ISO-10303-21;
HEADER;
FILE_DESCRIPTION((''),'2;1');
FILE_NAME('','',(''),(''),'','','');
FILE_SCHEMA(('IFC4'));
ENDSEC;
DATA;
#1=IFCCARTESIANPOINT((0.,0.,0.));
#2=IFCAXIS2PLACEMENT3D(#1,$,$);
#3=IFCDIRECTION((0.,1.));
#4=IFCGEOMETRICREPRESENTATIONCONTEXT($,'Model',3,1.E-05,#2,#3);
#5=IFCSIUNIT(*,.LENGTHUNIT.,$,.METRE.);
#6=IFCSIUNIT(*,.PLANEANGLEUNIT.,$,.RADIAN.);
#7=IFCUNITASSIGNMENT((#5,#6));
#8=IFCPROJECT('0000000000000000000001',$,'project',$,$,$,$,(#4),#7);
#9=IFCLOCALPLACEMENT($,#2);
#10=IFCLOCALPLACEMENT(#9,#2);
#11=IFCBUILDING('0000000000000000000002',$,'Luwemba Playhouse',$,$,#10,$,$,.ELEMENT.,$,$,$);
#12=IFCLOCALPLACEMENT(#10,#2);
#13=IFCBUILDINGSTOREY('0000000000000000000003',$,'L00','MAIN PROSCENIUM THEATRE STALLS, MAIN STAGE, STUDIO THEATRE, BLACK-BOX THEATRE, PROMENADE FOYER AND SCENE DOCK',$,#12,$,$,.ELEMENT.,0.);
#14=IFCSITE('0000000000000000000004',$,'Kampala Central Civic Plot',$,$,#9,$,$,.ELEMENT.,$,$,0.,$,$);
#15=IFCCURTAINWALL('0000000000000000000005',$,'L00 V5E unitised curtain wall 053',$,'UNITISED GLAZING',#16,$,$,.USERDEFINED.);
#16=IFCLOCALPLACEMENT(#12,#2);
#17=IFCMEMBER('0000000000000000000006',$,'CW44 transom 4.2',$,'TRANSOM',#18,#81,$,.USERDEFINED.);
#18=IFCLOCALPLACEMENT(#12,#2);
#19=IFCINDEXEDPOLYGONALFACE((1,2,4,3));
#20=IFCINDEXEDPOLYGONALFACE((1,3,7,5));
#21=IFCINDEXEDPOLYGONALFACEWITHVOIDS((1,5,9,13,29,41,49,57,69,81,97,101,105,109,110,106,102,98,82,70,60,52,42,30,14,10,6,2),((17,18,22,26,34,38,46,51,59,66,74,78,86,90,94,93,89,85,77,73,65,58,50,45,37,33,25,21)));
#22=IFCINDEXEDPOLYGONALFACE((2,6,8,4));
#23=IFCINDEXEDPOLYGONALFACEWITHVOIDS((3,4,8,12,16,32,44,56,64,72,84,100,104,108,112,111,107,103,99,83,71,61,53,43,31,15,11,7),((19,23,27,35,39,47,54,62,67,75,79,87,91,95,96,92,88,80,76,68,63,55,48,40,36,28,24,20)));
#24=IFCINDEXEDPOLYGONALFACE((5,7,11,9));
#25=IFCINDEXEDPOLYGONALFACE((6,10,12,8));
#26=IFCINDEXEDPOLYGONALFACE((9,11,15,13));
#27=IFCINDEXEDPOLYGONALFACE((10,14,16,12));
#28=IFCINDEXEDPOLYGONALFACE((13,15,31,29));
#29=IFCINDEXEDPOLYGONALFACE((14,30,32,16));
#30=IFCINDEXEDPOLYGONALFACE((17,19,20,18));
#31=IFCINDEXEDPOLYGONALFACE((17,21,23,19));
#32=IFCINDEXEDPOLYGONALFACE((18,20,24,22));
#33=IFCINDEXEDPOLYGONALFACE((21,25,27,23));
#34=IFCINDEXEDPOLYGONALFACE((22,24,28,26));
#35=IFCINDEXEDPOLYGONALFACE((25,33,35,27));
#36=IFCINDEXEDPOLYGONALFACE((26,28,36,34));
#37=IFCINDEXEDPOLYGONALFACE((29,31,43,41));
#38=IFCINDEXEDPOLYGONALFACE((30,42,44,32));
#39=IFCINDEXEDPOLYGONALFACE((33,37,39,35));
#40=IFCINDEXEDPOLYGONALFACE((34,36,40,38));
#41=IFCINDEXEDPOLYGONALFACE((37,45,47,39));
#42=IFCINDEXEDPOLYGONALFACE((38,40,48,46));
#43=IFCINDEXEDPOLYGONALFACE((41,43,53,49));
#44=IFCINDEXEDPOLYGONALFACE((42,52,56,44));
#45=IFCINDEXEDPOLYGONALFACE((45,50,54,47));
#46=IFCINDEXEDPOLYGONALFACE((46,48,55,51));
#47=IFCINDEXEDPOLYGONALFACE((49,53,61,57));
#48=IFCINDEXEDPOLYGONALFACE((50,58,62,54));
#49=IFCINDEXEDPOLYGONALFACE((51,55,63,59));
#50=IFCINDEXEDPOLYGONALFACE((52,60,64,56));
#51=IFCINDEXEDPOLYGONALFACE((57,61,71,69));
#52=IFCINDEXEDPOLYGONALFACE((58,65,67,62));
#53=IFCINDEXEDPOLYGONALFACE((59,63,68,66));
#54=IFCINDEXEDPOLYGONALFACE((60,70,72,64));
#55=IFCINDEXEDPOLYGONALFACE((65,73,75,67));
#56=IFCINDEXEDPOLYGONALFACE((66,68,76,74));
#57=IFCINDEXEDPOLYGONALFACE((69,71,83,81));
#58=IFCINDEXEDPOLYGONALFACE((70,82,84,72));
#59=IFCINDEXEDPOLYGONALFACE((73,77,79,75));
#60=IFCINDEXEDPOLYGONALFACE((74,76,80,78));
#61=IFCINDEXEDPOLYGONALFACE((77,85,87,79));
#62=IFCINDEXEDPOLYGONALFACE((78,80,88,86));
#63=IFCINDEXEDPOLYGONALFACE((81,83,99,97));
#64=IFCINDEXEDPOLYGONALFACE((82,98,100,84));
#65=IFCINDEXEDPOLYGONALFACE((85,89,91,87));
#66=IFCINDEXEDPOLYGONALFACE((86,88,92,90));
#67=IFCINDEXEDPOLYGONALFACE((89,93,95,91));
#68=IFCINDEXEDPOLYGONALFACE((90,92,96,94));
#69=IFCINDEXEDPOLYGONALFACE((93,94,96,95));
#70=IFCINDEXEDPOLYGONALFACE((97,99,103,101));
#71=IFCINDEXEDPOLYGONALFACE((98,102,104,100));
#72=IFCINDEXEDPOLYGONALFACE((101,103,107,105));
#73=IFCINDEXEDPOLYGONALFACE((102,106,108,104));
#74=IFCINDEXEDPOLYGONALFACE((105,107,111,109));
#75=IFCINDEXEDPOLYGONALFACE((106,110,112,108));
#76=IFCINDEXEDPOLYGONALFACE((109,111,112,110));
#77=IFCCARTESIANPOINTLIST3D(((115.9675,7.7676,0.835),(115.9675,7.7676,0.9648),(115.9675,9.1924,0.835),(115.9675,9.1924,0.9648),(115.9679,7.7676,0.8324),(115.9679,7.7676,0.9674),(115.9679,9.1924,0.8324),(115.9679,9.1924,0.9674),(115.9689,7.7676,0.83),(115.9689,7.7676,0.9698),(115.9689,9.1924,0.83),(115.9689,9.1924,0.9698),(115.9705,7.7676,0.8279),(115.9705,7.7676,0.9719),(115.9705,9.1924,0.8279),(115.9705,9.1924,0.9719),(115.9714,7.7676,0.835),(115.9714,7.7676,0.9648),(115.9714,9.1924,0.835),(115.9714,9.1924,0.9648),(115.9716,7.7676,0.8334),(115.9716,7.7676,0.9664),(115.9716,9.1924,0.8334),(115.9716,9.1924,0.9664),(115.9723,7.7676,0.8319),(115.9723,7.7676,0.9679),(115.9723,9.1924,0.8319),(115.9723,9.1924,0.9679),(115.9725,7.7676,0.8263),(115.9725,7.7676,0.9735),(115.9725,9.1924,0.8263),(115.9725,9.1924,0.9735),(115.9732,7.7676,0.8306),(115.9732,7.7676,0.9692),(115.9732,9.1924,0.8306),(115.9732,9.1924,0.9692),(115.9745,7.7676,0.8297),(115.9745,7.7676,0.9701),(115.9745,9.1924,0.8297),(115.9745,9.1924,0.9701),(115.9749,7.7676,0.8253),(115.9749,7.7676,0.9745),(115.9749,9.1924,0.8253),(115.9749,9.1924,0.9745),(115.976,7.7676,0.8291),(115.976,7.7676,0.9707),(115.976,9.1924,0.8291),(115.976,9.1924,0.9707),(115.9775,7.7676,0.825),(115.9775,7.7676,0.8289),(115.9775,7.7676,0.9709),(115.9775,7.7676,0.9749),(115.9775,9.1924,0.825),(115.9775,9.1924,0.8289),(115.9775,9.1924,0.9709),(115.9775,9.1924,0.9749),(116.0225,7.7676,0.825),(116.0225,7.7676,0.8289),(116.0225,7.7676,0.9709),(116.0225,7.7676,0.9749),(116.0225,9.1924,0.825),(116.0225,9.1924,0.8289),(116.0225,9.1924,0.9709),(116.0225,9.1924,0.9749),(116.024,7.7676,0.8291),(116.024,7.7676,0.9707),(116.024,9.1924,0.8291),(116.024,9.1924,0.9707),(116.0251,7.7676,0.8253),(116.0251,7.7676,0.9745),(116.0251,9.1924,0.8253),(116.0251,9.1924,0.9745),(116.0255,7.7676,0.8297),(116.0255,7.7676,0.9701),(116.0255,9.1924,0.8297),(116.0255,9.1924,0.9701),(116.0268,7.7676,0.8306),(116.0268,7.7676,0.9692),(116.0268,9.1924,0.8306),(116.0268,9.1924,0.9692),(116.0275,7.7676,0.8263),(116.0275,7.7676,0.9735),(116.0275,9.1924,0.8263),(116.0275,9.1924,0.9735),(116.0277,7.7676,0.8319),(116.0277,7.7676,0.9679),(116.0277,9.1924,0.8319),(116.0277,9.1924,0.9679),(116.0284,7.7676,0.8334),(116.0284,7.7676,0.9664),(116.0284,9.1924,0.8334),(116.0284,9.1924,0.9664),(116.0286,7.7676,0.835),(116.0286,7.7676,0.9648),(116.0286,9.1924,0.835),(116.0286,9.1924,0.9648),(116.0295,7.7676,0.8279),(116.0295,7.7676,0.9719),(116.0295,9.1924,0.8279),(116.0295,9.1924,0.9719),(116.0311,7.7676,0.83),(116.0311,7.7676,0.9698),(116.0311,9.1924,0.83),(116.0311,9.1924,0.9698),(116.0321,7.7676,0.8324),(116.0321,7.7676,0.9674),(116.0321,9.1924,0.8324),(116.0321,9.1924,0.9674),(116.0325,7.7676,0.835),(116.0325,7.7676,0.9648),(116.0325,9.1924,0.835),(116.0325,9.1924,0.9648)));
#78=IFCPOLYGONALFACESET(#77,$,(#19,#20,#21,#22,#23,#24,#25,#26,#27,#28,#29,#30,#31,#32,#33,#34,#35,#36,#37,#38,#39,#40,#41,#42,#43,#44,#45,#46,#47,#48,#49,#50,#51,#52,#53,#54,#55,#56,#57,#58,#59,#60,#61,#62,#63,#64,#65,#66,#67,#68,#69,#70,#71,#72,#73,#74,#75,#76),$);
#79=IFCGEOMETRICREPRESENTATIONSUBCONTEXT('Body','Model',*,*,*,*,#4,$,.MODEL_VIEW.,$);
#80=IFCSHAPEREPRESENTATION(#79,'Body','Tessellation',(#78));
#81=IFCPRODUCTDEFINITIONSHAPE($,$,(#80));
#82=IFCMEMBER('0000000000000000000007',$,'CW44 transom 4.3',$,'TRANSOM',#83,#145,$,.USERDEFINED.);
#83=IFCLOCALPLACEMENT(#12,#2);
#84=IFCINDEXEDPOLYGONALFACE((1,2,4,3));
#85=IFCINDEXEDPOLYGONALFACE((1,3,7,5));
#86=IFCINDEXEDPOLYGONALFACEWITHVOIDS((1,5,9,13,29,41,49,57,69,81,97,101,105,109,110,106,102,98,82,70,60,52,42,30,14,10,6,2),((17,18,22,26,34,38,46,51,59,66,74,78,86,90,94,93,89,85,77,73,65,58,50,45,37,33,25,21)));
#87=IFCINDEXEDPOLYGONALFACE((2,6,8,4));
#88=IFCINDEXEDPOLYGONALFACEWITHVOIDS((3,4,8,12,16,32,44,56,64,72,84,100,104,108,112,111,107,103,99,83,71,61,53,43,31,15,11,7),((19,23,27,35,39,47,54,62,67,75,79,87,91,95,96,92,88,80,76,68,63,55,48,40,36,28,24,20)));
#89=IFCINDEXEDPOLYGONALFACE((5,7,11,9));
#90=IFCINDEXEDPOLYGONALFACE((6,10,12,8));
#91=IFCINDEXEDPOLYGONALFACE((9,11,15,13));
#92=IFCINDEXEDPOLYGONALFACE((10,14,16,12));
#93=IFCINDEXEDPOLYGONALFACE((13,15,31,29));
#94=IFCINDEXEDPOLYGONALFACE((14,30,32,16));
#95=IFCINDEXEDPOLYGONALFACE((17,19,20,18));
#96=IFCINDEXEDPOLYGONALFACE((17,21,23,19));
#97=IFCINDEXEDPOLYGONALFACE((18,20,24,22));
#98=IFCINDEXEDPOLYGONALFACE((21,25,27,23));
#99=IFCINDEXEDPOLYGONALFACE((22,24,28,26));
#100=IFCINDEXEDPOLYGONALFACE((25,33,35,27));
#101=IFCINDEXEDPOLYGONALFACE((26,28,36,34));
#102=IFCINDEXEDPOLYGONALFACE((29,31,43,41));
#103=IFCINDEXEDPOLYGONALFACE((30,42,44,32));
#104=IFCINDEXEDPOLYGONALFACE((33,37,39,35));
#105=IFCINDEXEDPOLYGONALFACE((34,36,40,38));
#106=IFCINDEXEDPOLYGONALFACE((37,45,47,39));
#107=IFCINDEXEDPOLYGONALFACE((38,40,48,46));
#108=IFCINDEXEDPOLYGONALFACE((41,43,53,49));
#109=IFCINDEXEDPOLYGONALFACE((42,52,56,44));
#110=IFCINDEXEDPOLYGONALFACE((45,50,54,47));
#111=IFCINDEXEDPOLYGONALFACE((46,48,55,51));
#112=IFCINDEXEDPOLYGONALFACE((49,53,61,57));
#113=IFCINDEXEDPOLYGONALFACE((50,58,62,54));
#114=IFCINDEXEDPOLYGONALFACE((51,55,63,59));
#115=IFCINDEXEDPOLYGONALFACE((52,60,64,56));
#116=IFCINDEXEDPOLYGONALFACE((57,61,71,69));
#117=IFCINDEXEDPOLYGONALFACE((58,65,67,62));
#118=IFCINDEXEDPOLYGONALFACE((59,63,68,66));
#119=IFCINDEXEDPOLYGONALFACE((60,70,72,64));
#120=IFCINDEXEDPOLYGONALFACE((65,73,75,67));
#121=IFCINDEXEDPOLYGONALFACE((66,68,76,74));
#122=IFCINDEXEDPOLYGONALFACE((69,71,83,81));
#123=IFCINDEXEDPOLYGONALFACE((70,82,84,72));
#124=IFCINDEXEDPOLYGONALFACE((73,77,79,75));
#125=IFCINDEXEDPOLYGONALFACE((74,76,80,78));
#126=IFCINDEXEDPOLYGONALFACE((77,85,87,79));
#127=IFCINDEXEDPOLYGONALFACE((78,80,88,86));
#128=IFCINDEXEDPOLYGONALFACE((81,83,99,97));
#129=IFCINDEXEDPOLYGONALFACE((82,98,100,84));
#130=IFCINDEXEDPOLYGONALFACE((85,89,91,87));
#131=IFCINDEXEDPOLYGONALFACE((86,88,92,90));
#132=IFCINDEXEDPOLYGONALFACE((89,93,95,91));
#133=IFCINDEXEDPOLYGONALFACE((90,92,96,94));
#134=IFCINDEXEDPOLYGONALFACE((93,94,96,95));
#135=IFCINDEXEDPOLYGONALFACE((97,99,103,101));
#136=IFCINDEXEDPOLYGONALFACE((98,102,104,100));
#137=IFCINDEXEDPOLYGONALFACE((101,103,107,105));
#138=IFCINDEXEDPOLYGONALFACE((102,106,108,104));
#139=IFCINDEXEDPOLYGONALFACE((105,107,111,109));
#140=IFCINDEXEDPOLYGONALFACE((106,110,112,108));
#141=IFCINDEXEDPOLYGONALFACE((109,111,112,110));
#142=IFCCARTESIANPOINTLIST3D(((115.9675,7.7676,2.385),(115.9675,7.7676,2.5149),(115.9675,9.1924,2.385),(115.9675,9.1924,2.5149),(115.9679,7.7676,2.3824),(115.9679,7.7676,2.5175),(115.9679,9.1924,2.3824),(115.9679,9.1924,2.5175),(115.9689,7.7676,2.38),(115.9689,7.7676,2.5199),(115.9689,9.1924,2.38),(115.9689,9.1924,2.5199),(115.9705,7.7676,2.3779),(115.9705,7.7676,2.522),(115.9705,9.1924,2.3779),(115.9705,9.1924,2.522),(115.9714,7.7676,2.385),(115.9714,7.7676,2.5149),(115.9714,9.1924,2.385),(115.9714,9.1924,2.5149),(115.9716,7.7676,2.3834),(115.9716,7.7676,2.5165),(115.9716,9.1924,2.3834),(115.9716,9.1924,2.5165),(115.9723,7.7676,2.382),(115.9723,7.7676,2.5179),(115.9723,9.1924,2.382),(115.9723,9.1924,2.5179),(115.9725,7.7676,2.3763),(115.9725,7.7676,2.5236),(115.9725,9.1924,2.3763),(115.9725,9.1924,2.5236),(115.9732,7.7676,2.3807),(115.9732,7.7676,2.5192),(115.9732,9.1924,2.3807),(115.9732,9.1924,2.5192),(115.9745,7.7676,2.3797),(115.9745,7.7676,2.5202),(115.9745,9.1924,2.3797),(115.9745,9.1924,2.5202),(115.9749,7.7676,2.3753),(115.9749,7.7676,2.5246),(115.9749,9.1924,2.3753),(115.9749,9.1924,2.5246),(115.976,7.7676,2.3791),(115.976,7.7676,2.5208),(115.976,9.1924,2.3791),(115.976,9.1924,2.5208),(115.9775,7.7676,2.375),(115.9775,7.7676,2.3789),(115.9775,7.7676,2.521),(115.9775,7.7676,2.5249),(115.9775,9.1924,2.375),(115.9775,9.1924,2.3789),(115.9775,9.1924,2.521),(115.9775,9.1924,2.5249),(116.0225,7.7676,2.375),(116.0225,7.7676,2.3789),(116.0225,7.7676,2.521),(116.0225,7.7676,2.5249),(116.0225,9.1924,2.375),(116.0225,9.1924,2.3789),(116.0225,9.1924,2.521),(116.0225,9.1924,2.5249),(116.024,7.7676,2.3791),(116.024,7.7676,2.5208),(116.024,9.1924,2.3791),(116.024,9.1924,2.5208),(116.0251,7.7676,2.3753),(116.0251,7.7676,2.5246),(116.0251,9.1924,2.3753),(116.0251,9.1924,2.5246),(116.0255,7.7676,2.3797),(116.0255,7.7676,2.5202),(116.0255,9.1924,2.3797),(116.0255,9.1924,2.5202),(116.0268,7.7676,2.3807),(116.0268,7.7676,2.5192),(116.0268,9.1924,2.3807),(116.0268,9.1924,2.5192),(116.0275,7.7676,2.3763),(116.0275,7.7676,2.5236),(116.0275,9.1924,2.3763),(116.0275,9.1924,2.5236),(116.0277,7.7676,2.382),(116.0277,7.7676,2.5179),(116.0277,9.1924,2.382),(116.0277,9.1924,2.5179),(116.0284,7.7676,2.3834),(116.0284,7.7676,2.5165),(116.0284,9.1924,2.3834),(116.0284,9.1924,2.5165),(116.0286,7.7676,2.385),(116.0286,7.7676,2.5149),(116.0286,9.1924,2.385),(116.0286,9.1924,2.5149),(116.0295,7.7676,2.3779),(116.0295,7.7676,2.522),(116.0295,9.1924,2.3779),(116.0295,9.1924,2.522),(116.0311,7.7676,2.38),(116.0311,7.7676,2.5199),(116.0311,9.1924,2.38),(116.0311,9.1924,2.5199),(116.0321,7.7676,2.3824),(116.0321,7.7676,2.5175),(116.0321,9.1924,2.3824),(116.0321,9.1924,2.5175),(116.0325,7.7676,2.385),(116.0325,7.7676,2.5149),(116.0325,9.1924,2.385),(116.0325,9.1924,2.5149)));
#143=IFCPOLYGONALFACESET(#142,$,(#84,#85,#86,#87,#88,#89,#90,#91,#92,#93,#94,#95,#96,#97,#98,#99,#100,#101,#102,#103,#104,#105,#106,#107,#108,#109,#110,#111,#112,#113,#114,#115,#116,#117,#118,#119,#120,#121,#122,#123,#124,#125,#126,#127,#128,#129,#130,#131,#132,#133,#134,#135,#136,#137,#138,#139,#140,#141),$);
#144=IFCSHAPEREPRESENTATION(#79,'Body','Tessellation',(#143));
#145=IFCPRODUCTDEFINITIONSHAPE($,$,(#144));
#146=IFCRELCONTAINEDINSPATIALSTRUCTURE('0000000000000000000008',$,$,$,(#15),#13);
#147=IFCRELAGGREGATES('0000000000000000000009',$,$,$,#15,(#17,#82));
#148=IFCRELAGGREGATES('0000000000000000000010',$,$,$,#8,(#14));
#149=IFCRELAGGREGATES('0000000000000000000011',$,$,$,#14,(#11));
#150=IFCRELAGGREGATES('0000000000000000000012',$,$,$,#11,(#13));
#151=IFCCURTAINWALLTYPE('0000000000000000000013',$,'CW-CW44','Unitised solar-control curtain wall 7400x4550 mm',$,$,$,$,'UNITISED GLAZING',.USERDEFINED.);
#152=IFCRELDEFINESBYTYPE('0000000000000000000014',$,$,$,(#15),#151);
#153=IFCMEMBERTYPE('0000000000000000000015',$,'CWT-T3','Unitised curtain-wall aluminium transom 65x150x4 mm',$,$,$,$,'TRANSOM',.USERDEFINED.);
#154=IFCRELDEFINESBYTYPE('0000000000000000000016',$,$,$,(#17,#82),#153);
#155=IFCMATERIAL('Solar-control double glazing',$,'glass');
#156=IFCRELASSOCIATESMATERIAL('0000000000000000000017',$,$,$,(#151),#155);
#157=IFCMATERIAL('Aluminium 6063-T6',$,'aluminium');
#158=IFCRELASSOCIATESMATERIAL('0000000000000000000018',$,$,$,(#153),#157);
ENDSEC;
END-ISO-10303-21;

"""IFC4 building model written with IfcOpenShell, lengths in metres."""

from ifc_helpers import new_model, si_unit, direction, frame, origin, origin_2d, place, context, subcontext, project, spatial, hollow_rectangle, extrude, material, material_profile, profile_set, type_object, element, aggregate, save


model = new_model("IFC4")

# Units and contexts
model_context = context("Model", 3, precision=1e-05, world=origin(), true_north=direction((0.0, 1.0)))
body_context = subcontext(model_context, "Body", "Model", "MODEL_VIEW")
ifc_project = project(units=[si_unit("LENGTHUNIT", "METRE"), si_unit("PLANEANGLEUNIT", "RADIAN")], contexts=[model_context])

# Site, building, storey
site_placement = place(None, origin())
site = spatial("IfcSite", under=ifc_project, at=site_placement, Name="Kampala Central Civic Plot", CompositionType="ELEMENT", RefElevation=0.0)
building_placement = place(site_placement, origin())
building = spatial("IfcBuilding", under=site, at=building_placement, Name="Luwemba Playhouse", CompositionType="ELEMENT")
storey_placement = place(building_placement, origin())
storey = spatial("IfcBuildingStorey", under=building, at=storey_placement, Name="L00", Description="MAIN PROSCENIUM THEATRE STALLS, MAIN STAGE, STUDIO THEATRE, BLACK-BOX THEATRE, PROMENADE FOYER AND SCENE DOCK", CompositionType="ELEMENT", Elevation=0.0)

# Curtain wall
ifc_material_1 = material(Name="Solar-control double glazing", Category="glass")
curtain_wall_type_1 = type_object("IfcCurtainWallType", Name="CW-CW44", Description="Unitised solar-control curtain wall 7400x4550 mm", ElementType="UNITISED GLAZING", PredefinedType="USERDEFINED", material=ifc_material_1)
curtain_wall_1_placement = place(storey_placement, origin())
curtain_wall_1 = element("IfcCurtainWall", 1, at=curtain_wall_1_placement, inside=storey, type_object=curtain_wall_type_1, Name="L00 V5E unitised curtain wall 053", ObjectType="UNITISED GLAZING", PredefinedType="USERDEFINED")
ifc_material_2 = material(Name="Aluminium 6063-T6", Category="aluminium")

# Members
ifc_material_profile_1 = material_profile(ifc_material_2, hollow_rectangle(XDim=0.0649, YDim=0.1499, WallThickness=0.0039, InnerFilletRadius=0.0061, OuterFilletRadius=0.01, at=origin_2d()))
ifc_profile_set_1 = profile_set([ifc_material_profile_1], Name="Aluminium 6063-T6")
member_type_1 = type_object("IfcMemberType", Name="CWT-T3", Description="Unitised curtain-wall aluminium transom 65x150x4 mm", ElementType="TRANSOM", PredefinedType="USERDEFINED", material=ifc_profile_set_1)
member_1_placement = place(storey_placement, frame((116.0, 7.7676, 0.8999), z_axis=(0.0, 1.0, 0.0), x_axis=(-1.0, 0.0, 0.0)))
member_1 = element("IfcMember", 2, at=member_1_placement, type_object=member_type_1, Name="CW44 transom 4.2", ObjectType="TRANSOM", PredefinedType="USERDEFINED", context=body_context, shape_type="SweptSolid", body=[
    extrude(hollow_rectangle(XDim=0.0649, YDim=0.1499, WallThickness=0.0039, InnerFilletRadius=0.0061, OuterFilletRadius=0.01, at=origin_2d()), origin(), (0.0, 0.0, 1.0), 1.4248),
])
member_2_placement = place(storey_placement, frame((116.0, 7.7676, 2.45), z_axis=(0.0, 1.0, 0.0), x_axis=(-1.0, 0.0, 0.0)))
member_2 = element("IfcMember", 3, at=member_2_placement, type_object=member_type_1, Name="CW44 transom 4.3", ObjectType="TRANSOM", PredefinedType="USERDEFINED", context=body_context, shape_type="SweptSolid", body=[
    extrude(hollow_rectangle(XDim=0.0649, YDim=0.1499, WallThickness=0.0039, InnerFilletRadius=0.0061, OuterFilletRadius=0.01, at=origin_2d()), origin(), (0.0, 0.0, 1.0), 1.4248),
])

aggregate(curtain_wall_1, [member_1, member_2])

save(model, "model.ifc")
